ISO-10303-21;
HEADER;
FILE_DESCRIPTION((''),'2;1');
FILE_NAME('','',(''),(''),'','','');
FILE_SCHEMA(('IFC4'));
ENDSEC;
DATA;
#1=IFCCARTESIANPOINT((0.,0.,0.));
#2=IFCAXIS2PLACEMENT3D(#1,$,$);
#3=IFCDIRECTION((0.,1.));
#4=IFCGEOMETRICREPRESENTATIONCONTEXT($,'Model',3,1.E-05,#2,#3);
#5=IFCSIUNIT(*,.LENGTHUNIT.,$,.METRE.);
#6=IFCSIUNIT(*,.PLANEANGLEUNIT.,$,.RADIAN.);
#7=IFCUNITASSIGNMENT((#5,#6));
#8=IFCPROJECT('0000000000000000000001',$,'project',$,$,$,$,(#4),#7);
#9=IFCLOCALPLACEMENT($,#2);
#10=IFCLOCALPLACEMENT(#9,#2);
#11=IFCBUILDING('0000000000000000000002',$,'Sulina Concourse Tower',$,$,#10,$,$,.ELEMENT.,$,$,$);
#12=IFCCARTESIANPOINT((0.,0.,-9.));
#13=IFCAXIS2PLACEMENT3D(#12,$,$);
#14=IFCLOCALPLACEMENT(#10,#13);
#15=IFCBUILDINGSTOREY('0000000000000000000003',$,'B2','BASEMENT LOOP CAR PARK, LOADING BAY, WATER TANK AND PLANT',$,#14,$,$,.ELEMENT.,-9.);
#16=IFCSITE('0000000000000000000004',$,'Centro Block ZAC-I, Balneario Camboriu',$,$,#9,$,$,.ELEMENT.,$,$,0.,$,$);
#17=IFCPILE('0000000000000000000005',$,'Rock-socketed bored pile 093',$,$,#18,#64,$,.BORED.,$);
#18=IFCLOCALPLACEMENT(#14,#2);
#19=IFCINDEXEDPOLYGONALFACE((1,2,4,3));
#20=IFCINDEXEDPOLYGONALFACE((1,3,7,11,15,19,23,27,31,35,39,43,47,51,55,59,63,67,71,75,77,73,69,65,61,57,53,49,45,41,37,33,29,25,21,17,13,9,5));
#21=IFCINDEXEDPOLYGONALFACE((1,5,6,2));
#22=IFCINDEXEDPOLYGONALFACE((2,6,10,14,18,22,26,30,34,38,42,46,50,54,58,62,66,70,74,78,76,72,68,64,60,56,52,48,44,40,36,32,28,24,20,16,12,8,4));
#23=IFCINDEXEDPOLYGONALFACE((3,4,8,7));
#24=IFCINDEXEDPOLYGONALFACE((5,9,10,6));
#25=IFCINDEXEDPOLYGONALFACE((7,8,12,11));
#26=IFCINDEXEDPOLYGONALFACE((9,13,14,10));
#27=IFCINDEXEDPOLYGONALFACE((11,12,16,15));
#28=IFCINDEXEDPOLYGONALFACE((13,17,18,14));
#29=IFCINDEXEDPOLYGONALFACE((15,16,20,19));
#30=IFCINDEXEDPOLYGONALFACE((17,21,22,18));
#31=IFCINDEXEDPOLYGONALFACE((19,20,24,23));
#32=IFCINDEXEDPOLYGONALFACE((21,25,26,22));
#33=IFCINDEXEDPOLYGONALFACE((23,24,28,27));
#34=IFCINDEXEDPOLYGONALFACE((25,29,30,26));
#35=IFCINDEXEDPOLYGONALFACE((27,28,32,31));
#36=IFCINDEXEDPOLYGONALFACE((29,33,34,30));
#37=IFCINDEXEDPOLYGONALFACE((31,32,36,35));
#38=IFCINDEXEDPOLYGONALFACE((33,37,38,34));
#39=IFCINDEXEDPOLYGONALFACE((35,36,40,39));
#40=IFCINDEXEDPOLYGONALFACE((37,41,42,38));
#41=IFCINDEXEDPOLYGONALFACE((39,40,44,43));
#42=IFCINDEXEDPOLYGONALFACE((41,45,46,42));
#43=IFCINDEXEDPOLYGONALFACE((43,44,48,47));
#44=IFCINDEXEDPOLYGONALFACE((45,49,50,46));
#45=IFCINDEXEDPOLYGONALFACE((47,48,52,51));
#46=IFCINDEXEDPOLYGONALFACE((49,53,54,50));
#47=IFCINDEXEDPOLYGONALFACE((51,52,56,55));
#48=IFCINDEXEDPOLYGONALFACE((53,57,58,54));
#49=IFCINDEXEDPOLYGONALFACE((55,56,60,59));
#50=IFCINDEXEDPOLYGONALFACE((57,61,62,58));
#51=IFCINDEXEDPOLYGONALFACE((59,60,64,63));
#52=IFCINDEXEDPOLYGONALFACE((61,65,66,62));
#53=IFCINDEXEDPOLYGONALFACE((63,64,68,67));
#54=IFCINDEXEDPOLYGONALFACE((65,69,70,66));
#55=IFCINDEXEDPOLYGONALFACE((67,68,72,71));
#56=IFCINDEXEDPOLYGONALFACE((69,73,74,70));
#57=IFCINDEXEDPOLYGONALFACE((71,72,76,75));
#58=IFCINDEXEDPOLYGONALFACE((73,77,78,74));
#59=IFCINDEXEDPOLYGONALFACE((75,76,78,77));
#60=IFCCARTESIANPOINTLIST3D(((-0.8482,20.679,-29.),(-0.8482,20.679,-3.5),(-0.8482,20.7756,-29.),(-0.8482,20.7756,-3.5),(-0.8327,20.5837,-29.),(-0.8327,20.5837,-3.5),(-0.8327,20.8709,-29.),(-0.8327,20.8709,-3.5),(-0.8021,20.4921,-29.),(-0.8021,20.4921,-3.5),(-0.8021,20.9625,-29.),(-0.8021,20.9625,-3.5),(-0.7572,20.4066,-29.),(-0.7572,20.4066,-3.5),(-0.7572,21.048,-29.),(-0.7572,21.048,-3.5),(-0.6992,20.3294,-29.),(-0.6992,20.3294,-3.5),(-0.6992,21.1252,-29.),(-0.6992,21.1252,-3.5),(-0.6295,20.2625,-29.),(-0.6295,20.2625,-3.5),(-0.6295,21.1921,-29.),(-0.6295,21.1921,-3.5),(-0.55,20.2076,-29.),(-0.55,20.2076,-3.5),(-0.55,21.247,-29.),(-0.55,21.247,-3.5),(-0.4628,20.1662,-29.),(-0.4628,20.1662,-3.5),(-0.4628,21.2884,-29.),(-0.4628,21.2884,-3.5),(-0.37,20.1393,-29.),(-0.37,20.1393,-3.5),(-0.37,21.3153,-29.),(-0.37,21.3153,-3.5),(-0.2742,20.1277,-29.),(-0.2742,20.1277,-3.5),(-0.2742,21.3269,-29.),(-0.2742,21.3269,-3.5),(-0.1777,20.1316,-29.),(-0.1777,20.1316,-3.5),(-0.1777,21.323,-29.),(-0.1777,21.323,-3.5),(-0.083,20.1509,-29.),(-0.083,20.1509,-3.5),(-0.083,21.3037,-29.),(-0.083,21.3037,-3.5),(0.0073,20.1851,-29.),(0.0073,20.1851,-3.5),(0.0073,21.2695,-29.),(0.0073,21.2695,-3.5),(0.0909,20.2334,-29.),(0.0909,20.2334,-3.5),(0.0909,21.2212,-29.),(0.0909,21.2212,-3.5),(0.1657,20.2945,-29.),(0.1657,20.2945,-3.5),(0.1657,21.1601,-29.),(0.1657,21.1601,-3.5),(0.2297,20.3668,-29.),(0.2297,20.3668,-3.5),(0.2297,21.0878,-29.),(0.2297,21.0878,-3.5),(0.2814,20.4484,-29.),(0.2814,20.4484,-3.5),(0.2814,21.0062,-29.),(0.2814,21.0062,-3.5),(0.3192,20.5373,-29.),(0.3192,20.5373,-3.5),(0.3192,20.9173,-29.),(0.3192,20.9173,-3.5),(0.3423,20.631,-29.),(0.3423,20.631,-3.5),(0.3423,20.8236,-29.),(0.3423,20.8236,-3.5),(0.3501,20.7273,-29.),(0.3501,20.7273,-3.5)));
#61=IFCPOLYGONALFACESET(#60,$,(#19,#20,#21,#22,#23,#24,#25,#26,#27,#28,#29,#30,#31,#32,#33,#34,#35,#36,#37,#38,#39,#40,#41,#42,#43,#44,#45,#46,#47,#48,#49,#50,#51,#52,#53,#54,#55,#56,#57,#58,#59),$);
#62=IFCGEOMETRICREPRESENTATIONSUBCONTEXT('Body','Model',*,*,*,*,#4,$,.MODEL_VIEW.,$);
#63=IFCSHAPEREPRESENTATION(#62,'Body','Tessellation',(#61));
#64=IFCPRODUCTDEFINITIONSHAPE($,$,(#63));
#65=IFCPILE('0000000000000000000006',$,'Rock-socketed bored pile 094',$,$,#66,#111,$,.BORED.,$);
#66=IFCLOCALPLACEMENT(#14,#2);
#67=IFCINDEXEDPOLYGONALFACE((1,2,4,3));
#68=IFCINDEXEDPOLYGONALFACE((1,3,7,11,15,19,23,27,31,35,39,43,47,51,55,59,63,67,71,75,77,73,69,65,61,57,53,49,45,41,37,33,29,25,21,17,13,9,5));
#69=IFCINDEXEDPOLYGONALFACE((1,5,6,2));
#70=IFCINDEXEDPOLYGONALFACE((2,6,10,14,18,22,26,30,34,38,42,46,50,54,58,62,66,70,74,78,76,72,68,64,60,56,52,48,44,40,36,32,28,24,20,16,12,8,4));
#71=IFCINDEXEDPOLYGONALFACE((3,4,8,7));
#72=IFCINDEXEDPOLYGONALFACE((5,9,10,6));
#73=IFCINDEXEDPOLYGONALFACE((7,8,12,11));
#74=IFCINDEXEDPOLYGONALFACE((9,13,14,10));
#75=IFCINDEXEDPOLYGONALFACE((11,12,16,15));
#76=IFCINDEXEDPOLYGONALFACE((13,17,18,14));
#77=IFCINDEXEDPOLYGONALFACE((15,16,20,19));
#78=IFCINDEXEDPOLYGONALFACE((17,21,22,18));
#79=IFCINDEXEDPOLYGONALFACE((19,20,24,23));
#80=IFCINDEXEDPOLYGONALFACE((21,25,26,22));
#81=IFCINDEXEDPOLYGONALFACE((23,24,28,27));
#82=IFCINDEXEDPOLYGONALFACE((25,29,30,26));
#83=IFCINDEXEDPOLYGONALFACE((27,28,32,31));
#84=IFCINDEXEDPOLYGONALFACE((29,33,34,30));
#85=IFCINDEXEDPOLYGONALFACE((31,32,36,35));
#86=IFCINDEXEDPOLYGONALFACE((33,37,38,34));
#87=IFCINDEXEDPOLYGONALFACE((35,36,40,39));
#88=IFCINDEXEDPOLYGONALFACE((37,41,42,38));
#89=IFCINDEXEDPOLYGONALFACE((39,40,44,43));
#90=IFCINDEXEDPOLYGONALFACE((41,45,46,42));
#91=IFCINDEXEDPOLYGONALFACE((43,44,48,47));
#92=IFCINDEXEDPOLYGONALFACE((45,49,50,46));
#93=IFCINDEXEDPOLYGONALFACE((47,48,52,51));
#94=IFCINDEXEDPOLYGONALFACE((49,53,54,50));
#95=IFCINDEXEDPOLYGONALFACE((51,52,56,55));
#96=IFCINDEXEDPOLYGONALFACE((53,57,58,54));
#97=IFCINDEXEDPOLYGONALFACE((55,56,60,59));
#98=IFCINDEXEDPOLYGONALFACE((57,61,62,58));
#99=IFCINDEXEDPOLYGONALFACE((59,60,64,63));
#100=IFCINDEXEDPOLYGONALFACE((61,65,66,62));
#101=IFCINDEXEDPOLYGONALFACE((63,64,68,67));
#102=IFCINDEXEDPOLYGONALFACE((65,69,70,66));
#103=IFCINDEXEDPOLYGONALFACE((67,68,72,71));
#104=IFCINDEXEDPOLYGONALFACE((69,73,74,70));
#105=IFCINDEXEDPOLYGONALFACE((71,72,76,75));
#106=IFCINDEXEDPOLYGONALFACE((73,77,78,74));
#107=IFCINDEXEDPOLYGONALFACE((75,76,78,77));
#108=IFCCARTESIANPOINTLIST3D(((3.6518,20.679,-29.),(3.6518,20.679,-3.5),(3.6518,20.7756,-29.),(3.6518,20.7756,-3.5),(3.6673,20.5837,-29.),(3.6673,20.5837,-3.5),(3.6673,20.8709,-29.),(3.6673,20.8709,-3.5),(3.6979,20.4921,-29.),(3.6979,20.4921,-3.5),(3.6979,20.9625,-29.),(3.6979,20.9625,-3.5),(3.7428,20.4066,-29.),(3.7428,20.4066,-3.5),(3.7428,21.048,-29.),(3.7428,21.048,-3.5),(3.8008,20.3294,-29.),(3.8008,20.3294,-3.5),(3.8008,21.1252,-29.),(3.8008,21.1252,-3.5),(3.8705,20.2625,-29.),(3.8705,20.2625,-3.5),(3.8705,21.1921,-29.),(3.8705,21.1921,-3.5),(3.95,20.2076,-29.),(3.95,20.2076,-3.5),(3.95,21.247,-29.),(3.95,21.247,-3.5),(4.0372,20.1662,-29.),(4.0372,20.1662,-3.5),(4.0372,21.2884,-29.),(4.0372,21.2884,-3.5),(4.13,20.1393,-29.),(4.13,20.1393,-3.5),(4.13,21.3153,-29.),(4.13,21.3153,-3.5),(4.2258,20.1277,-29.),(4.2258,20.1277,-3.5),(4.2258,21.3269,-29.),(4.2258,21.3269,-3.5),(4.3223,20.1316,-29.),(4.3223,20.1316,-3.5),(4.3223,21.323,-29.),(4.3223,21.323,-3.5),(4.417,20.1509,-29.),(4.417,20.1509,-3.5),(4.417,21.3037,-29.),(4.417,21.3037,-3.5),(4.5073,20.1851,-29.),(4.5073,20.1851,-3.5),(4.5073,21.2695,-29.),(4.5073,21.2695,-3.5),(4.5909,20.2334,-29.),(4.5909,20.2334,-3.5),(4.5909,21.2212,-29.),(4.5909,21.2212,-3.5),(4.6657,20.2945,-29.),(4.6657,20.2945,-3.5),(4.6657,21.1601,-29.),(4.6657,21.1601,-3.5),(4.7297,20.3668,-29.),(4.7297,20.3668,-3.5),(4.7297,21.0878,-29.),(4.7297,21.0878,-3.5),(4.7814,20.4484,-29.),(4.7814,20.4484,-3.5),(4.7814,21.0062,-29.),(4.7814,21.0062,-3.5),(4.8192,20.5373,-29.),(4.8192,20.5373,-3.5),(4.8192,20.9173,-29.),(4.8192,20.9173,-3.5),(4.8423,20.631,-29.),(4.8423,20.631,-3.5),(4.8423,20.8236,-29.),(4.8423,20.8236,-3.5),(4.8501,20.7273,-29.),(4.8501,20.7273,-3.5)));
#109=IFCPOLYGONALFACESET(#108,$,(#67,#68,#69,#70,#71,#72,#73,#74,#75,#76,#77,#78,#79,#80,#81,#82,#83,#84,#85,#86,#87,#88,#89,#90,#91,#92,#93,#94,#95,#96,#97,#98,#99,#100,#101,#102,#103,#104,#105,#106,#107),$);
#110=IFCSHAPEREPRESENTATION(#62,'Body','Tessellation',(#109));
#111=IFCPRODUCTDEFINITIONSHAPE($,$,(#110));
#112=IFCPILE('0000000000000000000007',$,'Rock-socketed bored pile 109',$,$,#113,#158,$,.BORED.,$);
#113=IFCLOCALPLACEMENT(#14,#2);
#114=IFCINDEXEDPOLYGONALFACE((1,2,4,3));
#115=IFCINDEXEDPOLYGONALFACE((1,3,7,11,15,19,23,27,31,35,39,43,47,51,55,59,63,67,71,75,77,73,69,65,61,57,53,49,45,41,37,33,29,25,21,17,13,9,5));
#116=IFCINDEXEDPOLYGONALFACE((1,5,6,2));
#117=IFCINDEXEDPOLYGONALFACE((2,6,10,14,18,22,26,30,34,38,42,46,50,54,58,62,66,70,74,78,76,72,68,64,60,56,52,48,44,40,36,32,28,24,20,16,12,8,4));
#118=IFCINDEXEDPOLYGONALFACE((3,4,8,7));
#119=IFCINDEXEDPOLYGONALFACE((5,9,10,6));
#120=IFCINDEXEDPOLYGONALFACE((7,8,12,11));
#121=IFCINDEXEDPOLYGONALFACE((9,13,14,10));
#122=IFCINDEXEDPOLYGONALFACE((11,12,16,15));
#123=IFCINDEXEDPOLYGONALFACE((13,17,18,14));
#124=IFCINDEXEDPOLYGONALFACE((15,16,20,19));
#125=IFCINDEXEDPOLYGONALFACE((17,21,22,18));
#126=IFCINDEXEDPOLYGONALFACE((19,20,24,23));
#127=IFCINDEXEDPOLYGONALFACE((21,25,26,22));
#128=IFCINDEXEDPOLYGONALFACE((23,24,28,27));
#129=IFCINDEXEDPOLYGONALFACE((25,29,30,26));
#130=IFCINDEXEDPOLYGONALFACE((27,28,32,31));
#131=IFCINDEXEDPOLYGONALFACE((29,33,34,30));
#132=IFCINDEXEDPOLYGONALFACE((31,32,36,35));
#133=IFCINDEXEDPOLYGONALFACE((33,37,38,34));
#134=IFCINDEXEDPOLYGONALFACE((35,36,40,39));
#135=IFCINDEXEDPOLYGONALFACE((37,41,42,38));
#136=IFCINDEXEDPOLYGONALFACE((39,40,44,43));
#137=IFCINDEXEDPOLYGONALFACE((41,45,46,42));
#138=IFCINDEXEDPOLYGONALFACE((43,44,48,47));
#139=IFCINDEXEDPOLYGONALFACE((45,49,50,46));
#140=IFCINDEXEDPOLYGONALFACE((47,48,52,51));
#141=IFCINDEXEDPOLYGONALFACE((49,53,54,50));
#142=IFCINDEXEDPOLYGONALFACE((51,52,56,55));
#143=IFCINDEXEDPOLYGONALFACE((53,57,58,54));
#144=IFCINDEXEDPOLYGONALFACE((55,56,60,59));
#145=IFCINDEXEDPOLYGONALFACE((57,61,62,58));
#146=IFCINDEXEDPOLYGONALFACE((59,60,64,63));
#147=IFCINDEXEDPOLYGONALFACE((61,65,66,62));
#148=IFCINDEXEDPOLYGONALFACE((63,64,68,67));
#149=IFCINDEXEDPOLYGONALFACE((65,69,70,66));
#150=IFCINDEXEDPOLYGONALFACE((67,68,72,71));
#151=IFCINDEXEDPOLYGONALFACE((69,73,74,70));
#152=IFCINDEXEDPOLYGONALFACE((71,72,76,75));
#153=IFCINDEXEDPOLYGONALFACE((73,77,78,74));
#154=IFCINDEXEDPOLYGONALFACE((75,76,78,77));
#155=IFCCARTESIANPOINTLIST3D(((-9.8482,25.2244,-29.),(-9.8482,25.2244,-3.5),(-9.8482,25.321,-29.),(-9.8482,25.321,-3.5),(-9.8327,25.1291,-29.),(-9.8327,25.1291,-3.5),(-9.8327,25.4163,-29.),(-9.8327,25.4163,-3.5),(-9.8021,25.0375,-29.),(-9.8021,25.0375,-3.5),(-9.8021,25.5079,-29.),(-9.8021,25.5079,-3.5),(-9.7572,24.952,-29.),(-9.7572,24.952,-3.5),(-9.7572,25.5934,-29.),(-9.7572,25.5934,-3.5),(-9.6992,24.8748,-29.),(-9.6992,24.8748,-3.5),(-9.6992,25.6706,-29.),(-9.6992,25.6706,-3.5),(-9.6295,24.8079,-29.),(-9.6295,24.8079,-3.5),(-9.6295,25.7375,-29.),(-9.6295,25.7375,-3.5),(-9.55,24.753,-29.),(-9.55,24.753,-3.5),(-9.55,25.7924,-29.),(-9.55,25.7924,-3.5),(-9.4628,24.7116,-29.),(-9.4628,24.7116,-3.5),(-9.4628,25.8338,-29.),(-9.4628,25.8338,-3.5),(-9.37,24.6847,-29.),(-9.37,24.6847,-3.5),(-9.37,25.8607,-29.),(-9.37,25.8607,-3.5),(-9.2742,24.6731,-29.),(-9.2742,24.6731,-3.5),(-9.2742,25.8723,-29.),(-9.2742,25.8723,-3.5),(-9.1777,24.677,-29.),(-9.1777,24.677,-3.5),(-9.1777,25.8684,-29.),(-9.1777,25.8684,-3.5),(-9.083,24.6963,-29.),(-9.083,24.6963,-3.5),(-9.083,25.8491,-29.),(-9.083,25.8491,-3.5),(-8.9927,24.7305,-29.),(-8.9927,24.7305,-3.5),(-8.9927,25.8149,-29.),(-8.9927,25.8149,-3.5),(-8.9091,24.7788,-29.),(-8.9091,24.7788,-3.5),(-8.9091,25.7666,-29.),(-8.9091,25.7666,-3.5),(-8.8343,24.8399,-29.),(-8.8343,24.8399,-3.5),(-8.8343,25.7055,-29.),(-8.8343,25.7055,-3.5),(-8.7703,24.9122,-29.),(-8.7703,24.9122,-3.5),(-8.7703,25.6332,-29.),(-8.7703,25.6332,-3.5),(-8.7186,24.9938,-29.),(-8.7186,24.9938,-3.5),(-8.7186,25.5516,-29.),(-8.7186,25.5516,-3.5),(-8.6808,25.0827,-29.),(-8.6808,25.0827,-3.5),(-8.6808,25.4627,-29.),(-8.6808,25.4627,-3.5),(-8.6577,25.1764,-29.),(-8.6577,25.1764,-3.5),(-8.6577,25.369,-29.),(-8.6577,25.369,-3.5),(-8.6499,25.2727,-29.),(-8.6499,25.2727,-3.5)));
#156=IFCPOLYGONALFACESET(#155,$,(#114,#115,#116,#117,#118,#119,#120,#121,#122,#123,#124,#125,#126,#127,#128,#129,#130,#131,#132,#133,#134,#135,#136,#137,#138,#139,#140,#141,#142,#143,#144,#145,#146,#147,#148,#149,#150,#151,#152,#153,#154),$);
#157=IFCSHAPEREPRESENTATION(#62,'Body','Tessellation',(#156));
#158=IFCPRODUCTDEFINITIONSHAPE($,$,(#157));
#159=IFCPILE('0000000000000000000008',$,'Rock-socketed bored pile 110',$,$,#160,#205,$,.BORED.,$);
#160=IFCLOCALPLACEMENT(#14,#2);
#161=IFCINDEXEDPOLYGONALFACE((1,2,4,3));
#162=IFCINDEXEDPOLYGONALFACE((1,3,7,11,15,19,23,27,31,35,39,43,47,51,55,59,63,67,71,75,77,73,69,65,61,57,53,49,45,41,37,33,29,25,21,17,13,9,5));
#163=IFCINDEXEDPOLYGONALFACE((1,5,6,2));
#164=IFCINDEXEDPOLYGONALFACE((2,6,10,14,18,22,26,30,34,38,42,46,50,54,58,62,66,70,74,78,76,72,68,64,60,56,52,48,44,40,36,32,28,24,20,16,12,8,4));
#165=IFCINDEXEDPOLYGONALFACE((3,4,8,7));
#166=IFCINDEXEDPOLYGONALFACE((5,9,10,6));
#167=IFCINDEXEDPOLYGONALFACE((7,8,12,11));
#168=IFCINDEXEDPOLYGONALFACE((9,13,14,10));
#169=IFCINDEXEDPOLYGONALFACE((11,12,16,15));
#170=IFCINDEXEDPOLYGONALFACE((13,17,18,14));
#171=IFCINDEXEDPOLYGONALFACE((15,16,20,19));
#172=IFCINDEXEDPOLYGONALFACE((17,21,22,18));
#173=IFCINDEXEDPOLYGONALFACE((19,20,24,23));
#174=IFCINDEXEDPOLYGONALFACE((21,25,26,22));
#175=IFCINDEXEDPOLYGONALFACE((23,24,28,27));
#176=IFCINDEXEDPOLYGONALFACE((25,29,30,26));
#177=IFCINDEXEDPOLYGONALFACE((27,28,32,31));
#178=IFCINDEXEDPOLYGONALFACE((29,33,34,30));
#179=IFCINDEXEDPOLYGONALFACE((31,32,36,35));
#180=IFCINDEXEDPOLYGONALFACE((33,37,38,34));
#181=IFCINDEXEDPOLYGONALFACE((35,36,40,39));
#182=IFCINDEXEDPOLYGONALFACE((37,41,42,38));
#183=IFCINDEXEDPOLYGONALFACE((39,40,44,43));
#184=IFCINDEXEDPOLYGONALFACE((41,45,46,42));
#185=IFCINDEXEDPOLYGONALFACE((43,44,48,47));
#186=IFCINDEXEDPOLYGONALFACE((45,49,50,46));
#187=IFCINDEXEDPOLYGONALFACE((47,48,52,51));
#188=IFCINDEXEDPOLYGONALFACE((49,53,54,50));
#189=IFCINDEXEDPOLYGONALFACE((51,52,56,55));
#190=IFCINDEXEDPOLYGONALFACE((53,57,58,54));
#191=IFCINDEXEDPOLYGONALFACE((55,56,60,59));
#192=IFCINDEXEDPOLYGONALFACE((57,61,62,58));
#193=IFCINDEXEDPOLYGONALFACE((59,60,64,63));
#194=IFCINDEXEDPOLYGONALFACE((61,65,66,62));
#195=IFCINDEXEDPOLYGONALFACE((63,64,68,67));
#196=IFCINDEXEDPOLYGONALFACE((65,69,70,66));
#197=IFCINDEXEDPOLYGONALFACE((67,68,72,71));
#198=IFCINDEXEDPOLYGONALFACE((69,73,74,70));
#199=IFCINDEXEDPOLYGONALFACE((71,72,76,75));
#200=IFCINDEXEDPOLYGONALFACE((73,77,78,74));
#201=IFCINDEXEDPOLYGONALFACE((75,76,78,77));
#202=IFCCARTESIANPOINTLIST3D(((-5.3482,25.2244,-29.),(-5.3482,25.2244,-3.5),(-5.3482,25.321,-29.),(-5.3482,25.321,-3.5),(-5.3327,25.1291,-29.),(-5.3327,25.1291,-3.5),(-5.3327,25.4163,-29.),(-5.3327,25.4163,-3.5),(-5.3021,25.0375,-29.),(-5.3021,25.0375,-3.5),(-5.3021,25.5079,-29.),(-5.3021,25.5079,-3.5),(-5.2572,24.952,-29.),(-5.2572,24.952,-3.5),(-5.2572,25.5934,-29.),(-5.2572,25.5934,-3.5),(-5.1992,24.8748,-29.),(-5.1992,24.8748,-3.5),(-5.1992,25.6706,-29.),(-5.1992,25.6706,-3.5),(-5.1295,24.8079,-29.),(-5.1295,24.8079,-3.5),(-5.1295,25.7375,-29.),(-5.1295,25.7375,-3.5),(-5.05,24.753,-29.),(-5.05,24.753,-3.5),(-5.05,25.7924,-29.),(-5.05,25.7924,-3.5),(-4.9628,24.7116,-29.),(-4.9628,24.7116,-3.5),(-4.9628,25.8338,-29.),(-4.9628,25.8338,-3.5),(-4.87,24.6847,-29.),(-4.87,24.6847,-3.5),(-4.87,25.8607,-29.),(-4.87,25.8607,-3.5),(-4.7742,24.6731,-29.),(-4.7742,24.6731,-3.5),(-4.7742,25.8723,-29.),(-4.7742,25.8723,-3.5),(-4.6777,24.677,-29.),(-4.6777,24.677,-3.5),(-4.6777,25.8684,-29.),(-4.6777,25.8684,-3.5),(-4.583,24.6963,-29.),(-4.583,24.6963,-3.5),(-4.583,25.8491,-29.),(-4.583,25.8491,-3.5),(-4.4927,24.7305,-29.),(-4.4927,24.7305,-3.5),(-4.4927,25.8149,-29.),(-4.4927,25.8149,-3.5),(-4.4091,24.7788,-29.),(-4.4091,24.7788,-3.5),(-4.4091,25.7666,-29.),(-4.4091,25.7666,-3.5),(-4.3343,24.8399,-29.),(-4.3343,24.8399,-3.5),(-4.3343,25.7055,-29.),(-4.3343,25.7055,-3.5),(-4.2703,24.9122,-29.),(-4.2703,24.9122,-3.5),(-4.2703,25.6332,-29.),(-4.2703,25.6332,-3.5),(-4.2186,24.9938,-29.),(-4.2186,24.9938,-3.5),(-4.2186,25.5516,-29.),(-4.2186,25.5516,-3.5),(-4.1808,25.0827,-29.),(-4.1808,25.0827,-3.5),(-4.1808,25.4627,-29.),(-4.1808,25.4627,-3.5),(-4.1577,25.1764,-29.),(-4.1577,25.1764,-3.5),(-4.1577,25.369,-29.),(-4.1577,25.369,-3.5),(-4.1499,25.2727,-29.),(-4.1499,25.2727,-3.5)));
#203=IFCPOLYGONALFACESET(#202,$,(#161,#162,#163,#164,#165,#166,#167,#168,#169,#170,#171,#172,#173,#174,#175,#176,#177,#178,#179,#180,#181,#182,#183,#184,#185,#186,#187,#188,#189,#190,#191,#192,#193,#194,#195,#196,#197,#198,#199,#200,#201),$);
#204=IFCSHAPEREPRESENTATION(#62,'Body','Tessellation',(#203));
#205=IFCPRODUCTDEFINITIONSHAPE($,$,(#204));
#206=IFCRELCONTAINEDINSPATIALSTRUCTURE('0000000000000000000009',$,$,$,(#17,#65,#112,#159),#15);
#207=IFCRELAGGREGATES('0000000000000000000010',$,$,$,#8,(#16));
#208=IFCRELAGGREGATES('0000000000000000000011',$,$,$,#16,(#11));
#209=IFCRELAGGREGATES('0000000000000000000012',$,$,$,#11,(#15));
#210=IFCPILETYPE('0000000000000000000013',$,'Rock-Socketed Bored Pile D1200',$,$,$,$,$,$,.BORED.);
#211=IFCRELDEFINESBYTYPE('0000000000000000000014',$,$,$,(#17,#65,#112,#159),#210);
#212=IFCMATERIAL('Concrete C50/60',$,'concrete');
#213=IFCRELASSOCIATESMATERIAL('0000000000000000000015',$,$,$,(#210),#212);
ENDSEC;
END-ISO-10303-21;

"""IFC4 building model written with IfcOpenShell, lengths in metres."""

from ifc_helpers import new_model, si_unit, direction, frame, origin, origin_2d, place, context, subcontext, project, spatial, circle, extrude, material, material_profile, profile_set, type_object, element, save


model = new_model("IFC4")

# Units and contexts
model_context = context("Model", 3, precision=1e-05, world=origin(), true_north=direction((0.0, 1.0)))
body_context = subcontext(model_context, "Body", "Model", "MODEL_VIEW")
ifc_project = project(units=[si_unit("LENGTHUNIT", "METRE"), si_unit("PLANEANGLEUNIT", "RADIAN")], contexts=[model_context])

# Site, building, storey
site_placement = place(None, origin())
site = spatial("IfcSite", under=ifc_project, at=site_placement, Name="Centro Block ZAC-I, Balneario Camboriu", CompositionType="ELEMENT", RefElevation=0.0)
building_placement = place(site_placement, origin())
building = spatial("IfcBuilding", under=site, at=building_placement, Name="Sulina Concourse Tower", CompositionType="ELEMENT")
storey_placement = place(building_placement, frame((0.0, 0.0, -9.0)))
storey = spatial("IfcBuildingStorey", under=building, at=storey_placement, Name="B2", Description="BASEMENT LOOP CAR PARK, LOADING BAY, WATER TANK AND PLANT", CompositionType="ELEMENT", Elevation=-9.0)

# Piles
ifc_material_1 = material(Name="Concrete C50/60", Category="concrete")
ifc_material_profile_1 = material_profile(ifc_material_1, circle(Radius=0.6001, at=origin_2d()), Name="PILE D1200")
ifc_profile_set_1 = profile_set([ifc_material_profile_1], Name="Concrete C50/60")
pile_type_1 = type_object("IfcPileType", Name="Rock-Socketed Bored Pile D1200", PredefinedType="BORED", material=ifc_profile_set_1)
for number, where, z_axis, x_axis, name in (
    (1, (-0.25, 20.7273, -3.5), (0.0, 0.0, -1.0), (1.0, 0.0, 0.0), "Rock-socketed bored pile 093"),
    (2, (4.25, 20.7273, -3.5), (0.0, 0.0, -1.0), (1.0, 0.0, 0.0), "Rock-socketed bored pile 094"),
    (3, (-9.25, 25.2727, -3.5), (0.0, 0.0, -1.0), (1.0, 0.0, 0.0), "Rock-socketed bored pile 109"),
    (4, (-4.75, 25.2727, -3.5), (0.0, 0.0, -1.0), (1.0, 0.0, 0.0), "Rock-socketed bored pile 110"),
):
    element("IfcPile", number, at=place(storey_placement, frame(where, z_axis=z_axis, x_axis=x_axis)), inside=storey, type_object=pile_type_1, Name=name, PredefinedType="BORED", context=body_context, shape_type="SweptSolid", body=[
        extrude(circle(Radius=0.6001, at=origin_2d()), origin(), (0.0, 0.0, 1.0), 25.5),
    ])

save(model, "model.ifc")
